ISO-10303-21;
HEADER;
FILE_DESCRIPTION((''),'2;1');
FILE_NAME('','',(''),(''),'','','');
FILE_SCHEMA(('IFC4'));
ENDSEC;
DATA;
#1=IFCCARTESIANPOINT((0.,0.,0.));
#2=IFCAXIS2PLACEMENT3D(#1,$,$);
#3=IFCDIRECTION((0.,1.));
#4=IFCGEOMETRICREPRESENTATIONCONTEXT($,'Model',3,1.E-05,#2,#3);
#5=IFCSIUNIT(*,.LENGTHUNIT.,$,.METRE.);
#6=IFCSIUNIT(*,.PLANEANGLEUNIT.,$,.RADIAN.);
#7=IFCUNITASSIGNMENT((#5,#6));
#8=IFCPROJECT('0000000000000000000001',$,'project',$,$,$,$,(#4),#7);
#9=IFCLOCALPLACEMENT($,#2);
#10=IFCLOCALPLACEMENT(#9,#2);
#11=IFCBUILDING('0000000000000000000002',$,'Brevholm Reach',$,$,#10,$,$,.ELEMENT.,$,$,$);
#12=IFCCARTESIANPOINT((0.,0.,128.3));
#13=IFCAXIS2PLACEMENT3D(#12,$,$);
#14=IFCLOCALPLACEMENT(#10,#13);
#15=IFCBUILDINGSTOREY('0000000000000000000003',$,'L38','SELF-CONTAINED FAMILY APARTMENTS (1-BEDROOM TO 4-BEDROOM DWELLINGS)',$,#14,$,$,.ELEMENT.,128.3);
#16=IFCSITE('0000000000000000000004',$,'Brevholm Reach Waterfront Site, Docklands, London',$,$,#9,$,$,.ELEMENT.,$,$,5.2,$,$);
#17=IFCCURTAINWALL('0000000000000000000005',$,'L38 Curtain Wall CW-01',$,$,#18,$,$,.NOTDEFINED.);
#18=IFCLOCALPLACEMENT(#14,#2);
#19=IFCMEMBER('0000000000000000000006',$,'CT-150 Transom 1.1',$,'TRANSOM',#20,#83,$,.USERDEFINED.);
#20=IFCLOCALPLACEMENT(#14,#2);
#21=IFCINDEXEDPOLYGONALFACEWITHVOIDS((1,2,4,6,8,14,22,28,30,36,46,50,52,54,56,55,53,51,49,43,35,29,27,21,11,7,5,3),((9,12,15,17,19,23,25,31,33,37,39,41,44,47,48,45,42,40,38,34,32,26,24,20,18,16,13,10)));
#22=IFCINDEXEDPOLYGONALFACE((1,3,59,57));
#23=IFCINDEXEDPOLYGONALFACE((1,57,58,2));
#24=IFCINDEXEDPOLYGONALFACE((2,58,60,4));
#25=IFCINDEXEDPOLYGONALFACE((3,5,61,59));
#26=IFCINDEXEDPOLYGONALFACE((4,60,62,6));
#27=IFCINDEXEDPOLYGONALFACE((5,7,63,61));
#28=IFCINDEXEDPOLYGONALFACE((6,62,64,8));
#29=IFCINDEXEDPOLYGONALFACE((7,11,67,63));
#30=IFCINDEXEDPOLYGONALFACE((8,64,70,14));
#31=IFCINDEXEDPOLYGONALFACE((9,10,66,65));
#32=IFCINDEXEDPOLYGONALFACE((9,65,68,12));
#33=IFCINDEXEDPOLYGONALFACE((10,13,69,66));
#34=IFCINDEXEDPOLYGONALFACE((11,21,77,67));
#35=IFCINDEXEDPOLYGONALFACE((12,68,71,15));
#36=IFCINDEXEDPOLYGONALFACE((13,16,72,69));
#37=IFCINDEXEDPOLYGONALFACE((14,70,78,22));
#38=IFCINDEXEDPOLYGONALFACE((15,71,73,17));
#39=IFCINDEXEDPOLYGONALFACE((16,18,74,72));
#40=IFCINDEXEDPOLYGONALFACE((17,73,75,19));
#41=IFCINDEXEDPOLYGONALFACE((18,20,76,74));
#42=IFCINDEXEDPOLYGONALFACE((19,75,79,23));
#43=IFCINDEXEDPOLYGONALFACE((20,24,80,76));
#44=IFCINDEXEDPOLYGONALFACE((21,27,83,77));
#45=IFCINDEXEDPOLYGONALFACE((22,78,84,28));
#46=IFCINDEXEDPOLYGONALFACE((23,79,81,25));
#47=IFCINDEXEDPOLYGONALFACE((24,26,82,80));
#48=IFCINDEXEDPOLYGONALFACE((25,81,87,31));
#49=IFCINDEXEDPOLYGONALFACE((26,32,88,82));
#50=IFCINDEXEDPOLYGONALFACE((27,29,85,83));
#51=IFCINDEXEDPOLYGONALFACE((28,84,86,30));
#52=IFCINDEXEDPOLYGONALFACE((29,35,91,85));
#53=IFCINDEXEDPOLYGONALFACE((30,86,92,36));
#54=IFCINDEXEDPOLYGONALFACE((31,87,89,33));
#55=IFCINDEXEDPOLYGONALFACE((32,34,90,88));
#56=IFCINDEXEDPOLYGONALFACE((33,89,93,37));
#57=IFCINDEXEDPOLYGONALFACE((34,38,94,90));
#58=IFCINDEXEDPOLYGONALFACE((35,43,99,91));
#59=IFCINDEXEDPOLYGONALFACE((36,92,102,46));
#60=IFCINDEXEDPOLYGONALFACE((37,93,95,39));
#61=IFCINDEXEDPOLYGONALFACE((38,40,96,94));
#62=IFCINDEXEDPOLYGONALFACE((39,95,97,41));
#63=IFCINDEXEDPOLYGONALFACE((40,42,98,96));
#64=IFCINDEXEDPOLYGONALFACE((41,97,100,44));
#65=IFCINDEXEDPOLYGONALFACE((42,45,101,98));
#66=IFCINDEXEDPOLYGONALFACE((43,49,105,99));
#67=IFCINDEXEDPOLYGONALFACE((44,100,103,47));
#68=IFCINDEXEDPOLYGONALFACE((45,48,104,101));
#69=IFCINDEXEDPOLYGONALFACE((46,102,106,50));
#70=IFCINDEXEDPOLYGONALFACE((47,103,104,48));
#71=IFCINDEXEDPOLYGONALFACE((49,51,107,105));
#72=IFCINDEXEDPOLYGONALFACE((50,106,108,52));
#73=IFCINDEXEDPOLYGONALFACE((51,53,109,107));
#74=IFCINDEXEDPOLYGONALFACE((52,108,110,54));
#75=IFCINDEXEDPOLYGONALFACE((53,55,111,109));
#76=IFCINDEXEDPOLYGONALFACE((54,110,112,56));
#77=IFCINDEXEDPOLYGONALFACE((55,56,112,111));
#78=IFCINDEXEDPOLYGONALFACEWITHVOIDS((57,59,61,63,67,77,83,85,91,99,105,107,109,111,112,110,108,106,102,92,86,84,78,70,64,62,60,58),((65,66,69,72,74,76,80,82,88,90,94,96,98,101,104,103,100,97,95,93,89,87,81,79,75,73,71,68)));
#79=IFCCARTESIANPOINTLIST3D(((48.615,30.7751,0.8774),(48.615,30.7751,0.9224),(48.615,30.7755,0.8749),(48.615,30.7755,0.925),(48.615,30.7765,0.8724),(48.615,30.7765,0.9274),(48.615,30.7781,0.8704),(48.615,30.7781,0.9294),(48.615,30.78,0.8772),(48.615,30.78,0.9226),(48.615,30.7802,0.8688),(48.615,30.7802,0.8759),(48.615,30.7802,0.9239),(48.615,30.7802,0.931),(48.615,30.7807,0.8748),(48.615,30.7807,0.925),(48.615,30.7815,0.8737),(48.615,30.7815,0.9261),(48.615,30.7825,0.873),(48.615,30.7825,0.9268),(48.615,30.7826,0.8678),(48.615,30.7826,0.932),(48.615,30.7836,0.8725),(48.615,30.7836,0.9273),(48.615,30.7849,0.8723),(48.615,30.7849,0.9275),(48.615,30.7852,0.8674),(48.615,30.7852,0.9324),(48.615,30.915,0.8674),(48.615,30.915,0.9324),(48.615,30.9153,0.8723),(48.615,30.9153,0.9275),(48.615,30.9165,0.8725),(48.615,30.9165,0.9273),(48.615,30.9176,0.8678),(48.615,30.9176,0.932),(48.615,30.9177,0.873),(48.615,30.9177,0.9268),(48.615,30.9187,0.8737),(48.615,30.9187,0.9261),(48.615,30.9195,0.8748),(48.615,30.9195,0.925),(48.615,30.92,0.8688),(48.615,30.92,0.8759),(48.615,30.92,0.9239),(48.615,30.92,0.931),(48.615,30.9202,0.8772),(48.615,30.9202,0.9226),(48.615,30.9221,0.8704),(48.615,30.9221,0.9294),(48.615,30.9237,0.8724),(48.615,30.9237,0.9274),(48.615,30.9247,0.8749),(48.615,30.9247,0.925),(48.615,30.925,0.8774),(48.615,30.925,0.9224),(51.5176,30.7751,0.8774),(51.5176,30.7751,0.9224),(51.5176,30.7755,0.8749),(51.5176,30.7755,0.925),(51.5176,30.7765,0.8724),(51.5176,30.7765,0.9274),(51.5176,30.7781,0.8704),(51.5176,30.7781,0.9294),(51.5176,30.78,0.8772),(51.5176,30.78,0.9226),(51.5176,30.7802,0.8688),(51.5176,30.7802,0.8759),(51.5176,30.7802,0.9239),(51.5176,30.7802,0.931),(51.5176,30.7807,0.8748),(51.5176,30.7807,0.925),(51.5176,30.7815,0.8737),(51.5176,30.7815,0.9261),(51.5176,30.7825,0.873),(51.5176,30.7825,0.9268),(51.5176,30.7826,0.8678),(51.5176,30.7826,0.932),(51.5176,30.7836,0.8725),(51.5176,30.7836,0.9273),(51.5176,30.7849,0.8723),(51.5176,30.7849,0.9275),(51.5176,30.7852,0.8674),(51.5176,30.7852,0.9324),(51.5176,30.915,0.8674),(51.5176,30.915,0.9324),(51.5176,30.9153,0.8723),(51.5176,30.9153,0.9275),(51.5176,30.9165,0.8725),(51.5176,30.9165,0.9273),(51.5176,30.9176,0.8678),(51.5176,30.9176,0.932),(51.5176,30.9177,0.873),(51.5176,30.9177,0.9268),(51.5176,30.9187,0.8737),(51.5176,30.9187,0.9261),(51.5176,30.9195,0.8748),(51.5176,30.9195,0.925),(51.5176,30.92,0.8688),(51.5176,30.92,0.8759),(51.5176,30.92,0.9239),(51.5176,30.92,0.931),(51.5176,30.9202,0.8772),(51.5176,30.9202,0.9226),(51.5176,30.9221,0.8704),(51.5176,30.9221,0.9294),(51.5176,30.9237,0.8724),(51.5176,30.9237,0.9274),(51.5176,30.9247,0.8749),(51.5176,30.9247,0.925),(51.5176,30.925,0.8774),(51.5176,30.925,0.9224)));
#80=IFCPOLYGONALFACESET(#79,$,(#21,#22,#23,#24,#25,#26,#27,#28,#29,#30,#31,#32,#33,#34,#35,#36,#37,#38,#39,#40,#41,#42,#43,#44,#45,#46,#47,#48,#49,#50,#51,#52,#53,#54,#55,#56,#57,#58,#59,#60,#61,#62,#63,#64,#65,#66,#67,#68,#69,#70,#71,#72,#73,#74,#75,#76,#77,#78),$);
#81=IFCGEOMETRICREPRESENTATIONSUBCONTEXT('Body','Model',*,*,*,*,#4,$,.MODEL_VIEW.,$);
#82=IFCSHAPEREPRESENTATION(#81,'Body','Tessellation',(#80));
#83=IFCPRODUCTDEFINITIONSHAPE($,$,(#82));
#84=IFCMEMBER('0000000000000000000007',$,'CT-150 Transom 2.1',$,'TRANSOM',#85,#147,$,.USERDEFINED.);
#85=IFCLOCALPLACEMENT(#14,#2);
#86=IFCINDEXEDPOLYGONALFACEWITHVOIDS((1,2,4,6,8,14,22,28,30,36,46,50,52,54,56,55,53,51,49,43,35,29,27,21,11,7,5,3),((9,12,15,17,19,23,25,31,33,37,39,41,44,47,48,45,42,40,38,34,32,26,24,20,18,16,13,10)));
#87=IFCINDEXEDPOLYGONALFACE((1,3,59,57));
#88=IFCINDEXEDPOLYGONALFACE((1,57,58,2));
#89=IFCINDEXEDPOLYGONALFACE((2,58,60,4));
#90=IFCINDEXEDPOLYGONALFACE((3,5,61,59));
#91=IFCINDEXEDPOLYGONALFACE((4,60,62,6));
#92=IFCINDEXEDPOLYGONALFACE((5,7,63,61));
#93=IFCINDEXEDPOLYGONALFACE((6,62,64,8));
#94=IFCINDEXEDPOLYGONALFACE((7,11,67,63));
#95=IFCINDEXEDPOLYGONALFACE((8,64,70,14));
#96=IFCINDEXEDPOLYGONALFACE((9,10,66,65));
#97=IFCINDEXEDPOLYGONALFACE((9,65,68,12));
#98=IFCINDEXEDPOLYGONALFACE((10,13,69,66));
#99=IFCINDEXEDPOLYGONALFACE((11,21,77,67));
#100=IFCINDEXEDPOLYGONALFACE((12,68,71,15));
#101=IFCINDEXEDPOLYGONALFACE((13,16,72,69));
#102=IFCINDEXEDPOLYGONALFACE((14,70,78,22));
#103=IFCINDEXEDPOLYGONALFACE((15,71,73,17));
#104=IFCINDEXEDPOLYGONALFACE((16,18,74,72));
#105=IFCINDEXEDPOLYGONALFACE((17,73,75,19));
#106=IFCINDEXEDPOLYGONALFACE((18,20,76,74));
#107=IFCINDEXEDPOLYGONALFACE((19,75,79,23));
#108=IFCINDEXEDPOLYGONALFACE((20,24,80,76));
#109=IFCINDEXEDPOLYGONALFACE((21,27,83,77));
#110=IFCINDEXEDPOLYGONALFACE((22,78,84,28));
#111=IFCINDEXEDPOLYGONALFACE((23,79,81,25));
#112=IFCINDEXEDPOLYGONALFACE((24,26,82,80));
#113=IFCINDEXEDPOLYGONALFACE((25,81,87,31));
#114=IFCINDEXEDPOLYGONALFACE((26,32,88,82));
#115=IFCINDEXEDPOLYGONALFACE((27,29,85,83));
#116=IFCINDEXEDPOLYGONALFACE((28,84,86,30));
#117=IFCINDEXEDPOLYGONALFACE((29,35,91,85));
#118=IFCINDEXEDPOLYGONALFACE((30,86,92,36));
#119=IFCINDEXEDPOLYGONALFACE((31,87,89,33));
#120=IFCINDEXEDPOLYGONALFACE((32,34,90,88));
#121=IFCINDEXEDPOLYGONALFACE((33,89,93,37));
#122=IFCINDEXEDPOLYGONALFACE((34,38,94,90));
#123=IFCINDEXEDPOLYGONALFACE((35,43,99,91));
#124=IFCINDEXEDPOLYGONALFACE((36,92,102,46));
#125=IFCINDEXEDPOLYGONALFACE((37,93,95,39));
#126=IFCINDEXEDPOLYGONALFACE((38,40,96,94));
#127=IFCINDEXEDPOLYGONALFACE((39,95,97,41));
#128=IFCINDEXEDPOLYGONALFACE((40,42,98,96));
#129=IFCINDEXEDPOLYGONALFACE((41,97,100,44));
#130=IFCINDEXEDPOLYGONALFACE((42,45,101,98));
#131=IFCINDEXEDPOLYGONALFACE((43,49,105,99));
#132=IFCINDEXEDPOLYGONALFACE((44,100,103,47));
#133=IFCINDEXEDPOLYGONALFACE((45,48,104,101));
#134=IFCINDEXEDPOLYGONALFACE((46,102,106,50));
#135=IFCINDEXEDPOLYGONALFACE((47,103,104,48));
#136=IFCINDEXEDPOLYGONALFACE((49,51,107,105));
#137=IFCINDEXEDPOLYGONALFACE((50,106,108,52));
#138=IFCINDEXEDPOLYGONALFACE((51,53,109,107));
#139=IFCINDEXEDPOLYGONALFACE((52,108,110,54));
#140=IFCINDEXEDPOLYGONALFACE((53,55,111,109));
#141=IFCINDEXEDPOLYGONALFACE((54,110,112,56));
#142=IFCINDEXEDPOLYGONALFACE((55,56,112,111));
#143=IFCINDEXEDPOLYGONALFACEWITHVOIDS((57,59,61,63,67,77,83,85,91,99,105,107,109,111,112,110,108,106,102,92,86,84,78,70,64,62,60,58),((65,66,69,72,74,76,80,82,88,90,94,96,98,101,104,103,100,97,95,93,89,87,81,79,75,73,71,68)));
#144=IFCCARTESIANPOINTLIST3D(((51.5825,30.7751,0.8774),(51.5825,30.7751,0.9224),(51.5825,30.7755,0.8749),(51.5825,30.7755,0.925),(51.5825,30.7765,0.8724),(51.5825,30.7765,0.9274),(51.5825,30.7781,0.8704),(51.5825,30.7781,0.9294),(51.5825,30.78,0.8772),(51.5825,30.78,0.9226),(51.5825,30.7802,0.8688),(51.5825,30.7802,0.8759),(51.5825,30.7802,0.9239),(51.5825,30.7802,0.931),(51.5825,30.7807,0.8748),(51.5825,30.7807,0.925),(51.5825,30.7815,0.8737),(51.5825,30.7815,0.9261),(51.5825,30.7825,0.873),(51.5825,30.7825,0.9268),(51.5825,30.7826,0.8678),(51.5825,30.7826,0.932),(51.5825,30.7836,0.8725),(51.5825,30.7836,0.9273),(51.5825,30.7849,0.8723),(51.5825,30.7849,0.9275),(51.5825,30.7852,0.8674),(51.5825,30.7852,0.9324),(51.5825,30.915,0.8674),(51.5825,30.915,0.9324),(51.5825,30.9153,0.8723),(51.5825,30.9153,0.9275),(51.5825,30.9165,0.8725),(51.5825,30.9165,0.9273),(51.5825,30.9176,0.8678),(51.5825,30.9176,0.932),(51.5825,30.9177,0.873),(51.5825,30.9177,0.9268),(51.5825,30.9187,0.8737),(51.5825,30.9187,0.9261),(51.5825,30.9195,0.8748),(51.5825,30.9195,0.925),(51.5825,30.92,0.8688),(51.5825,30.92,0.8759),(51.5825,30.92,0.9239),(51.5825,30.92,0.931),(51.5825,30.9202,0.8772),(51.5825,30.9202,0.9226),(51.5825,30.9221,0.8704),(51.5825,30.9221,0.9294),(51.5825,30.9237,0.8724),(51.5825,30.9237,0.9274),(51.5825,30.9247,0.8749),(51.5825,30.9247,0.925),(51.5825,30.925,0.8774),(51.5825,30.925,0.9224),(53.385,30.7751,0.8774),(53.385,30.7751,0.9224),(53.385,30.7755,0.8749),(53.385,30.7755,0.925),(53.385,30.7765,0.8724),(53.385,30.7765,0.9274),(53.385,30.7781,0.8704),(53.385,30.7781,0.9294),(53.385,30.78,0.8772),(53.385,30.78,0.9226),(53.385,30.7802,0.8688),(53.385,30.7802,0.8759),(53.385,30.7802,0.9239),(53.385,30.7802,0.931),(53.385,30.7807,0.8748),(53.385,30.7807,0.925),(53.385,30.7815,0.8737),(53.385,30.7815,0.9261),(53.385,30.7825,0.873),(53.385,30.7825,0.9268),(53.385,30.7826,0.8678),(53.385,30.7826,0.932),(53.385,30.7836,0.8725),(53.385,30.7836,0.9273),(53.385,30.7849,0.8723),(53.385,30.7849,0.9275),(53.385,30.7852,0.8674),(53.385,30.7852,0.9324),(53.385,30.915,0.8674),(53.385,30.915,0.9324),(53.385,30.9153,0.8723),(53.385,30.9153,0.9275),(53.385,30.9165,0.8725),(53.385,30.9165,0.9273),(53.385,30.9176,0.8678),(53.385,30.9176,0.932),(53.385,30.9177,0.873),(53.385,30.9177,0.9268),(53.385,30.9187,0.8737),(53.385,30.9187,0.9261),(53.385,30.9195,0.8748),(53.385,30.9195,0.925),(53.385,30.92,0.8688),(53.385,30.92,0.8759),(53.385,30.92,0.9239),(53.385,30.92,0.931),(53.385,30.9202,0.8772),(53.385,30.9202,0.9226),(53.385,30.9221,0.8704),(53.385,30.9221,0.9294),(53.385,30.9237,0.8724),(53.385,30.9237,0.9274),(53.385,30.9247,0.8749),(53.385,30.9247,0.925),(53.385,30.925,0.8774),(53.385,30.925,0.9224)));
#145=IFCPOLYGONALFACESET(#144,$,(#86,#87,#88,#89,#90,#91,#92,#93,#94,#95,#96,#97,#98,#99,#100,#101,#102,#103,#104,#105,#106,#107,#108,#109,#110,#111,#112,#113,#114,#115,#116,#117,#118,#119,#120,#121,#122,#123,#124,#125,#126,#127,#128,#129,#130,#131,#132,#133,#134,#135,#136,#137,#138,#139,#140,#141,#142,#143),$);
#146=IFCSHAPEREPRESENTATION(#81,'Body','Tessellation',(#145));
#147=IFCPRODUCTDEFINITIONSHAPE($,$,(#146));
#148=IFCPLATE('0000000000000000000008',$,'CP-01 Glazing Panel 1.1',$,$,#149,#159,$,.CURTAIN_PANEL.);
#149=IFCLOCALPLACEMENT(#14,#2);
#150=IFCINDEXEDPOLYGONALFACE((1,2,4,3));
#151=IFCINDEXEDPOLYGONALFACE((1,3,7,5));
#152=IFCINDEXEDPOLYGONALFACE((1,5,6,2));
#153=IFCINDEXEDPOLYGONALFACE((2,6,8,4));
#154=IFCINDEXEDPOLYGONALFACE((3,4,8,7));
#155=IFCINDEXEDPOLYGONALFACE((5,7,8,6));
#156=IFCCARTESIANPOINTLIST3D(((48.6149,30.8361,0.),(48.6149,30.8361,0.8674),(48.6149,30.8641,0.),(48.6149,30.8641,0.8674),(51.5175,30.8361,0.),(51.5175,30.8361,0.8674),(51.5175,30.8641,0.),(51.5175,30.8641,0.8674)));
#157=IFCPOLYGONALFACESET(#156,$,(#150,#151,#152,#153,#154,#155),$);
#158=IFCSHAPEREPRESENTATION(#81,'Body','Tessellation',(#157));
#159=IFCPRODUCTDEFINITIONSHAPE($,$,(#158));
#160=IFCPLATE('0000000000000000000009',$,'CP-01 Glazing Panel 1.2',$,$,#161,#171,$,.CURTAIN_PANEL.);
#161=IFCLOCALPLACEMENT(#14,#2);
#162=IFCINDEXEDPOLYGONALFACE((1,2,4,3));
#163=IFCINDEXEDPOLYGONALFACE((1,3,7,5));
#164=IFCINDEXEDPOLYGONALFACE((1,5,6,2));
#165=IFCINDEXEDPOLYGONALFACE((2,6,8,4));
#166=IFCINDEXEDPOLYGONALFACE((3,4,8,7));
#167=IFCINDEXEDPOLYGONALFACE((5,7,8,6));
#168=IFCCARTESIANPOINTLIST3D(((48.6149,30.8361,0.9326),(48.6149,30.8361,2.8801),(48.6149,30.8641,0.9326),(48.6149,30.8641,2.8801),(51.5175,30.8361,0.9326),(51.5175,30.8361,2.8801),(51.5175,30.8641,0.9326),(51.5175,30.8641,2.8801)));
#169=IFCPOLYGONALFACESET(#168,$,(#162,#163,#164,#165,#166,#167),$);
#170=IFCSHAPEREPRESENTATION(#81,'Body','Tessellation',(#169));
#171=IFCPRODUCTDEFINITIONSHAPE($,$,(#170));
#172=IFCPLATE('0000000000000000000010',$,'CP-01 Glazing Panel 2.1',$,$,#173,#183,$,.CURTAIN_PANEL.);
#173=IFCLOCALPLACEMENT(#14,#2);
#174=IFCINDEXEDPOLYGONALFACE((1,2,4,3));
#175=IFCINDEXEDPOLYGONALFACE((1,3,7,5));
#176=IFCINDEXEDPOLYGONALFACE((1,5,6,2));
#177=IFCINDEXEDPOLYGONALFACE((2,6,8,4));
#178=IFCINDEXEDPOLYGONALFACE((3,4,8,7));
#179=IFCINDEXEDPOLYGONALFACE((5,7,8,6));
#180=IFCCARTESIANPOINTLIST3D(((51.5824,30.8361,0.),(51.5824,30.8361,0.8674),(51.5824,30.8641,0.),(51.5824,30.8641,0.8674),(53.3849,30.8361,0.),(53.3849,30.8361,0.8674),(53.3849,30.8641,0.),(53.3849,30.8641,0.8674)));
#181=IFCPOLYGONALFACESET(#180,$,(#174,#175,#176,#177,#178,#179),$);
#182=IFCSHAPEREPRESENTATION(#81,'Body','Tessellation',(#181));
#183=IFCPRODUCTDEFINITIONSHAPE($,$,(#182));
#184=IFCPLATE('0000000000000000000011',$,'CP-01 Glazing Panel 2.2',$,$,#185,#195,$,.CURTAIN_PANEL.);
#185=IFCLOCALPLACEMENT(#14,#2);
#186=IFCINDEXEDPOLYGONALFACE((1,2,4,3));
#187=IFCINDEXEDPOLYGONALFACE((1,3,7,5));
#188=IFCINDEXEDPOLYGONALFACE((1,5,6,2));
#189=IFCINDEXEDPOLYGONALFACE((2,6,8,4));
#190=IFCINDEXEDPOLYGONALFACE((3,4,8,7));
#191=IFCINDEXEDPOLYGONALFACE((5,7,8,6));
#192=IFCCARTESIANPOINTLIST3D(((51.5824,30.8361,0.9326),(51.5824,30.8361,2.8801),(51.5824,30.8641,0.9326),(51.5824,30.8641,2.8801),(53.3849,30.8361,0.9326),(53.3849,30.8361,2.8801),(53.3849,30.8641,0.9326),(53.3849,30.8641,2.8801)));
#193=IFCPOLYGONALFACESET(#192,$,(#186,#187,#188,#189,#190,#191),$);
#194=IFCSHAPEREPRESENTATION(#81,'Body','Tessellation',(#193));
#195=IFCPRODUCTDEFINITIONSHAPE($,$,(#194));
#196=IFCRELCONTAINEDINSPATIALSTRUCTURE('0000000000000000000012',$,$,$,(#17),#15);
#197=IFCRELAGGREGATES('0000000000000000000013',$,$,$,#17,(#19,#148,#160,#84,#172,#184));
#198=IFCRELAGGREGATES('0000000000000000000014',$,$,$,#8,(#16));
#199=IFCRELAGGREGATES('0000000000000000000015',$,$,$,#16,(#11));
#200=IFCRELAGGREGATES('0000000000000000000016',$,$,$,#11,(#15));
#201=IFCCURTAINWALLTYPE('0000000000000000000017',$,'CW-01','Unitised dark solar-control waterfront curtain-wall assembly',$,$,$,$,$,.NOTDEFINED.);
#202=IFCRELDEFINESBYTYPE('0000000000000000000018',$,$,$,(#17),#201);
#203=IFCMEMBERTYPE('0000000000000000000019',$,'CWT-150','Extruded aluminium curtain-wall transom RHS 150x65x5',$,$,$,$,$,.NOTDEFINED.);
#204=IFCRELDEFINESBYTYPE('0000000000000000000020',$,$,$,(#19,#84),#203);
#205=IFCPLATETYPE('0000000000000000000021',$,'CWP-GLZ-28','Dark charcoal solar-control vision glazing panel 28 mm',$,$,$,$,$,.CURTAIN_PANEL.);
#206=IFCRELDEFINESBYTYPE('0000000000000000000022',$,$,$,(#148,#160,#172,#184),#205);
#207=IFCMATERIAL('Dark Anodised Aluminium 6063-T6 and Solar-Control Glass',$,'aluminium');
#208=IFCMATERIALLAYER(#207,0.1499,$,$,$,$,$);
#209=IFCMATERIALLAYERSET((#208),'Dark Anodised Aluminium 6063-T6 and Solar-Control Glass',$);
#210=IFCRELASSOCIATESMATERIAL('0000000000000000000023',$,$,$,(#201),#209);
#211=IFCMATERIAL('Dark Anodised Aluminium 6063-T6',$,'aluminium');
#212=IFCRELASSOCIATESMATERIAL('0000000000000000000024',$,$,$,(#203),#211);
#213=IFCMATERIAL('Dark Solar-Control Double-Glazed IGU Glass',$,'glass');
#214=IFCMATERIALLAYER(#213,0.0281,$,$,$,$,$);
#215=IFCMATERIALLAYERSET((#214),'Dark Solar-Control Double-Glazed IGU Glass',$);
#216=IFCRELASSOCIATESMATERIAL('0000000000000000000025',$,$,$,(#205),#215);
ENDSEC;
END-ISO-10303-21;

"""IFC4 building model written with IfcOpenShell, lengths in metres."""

from ifc_helpers import new_model, si_unit, direction, frame, origin, origin_2d, place, context, subcontext, project, spatial, rectangle, hollow_rectangle, extrude, material, layer, layer_set, material_profile, profile_set, type_object, element, aggregate, save


model = new_model("IFC4")

# Units and contexts
model_context = context("Model", 3, precision=1e-05, world=origin(), true_north=direction((0.0, 1.0)))
body_context = subcontext(model_context, "Body", "Model", "MODEL_VIEW")
ifc_project = project(units=[si_unit("LENGTHUNIT", "METRE"), si_unit("PLANEANGLEUNIT", "RADIAN")], contexts=[model_context])

# Site, building, storey
site_placement = place(None, origin())
site = spatial("IfcSite", under=ifc_project, at=site_placement, Name="Brevholm Reach Waterfront Site, Docklands, London", CompositionType="ELEMENT", RefElevation=5.2)
building_placement = place(site_placement, origin())
building = spatial("IfcBuilding", under=site, at=building_placement, Name="Brevholm Reach", CompositionType="ELEMENT")
storey_placement = place(building_placement, frame((0.0, 0.0, 128.3)))
storey = spatial("IfcBuildingStorey", under=building, at=storey_placement, Name="L38", Description="SELF-CONTAINED FAMILY APARTMENTS (1-BEDROOM TO 4-BEDROOM DWELLINGS)", CompositionType="ELEMENT", Elevation=128.3)

# Curtain wall, members, plates
ifc_material_1 = material(Name="Dark Anodised Aluminium 6063-T6 and Solar-Control Glass", Category="aluminium")
ifc_layer_1 = layer(ifc_material_1, 0.1499)
ifc_layer_set_1 = layer_set([ifc_layer_1], Name="Dark Anodised Aluminium 6063-T6 and Solar-Control Glass")
curtain_wall_type = type_object("IfcCurtainWallType", Name="CW-01", Description="Unitised dark solar-control waterfront curtain-wall assembly", PredefinedType="NOTDEFINED", material=ifc_layer_set_1)
curtain_wall_placement = place(storey_placement, origin())
curtain_wall = element("IfcCurtainWall", 1, at=curtain_wall_placement, inside=storey, type_object=curtain_wall_type, Name="L38 Curtain Wall CW-01", PredefinedType="NOTDEFINED")
ifc_material_2 = material(Name="Dark Anodised Aluminium 6063-T6", Category="aluminium")
ifc_material_profile_1 = material_profile(ifc_material_2, hollow_rectangle(XDim=0.0649, YDim=0.1499, WallThickness=0.0049, InnerFilletRadius=0.0049, OuterFilletRadius=0.01, at=origin_2d()), Name="RHS 150x65x5")
ifc_profile_set_1 = profile_set([ifc_material_profile_1], Name="Dark Anodised Aluminium 6063-T6")
member_type_1 = type_object("IfcMemberType", Name="CWT-150", Description="Extruded aluminium curtain-wall transom RHS 150x65x5", PredefinedType="NOTDEFINED", material=ifc_profile_set_1)
member_1_placement = place(storey_placement, frame((48.615, 30.8501, 0.8999), z_axis=(1.0, 0.0, 0.0), x_axis=(0.0, 0.0, 1.0)))
member_1 = element("IfcMember", 2, at=member_1_placement, type_object=member_type_1, Name="CT-150 Transom 1.1", ObjectType="TRANSOM", PredefinedType="USERDEFINED", context=body_context, shape_type="SweptSolid", body=[
    extrude(hollow_rectangle(XDim=0.0649, YDim=0.1499, WallThickness=0.0049, InnerFilletRadius=0.0049, OuterFilletRadius=0.01, at=origin_2d()), origin(), (0.0, 0.0, 1.0), 2.9026),
])
member_2_placement = place(storey_placement, frame((51.5825, 30.8501, 0.8999), z_axis=(1.0, 0.0, 0.0), x_axis=(0.0, 0.0, 1.0)))
member_2 = element("IfcMember", 3, at=member_2_placement, type_object=member_type_1, Name="CT-150 Transom 2.1", ObjectType="TRANSOM", PredefinedType="USERDEFINED", context=body_context, shape_type="SweptSolid", body=[
    extrude(hollow_rectangle(XDim=0.0649, YDim=0.1499, WallThickness=0.0049, InnerFilletRadius=0.0049, OuterFilletRadius=0.01, at=origin_2d()), origin(), (0.0, 0.0, 1.0), 1.8025),
])
ifc_material_3 = material(Name="Dark Solar-Control Double-Glazed IGU Glass", Category="glass")
ifc_layer_2 = layer(ifc_material_3, 0.0281)
ifc_layer_set_2 = layer_set([ifc_layer_2], Name="Dark Solar-Control Double-Glazed IGU Glass")
plate_type = type_object("IfcPlateType", Name="CWP-GLZ-28", Description="Dark charcoal solar-control vision glazing panel 28 mm", PredefinedType="CURTAIN_PANEL", material=ifc_layer_set_2)
plate_1_placement = place(storey_placement, frame((50.0662, 30.8501, 0.0), z_axis=(0.0, 0.0, 1.0), x_axis=(1.0, 0.0, 0.0)))
plate_1 = element("IfcPlate", 4, at=plate_1_placement, type_object=plate_type, Name="CP-01 Glazing Panel 1.1", PredefinedType="CURTAIN_PANEL", context=body_context, shape_type="SweptSolid", body=[
    extrude(rectangle(XDim=2.9026, YDim=0.0281, at=origin_2d()), origin(), (0.0, 0.0, 1.0), 0.8674),
])
plate_2_placement = place(storey_placement, frame((50.0662, 30.8501, 0.9326), z_axis=(0.0, 0.0, 1.0), x_axis=(1.0, 0.0, 0.0)))
plate_2 = element("IfcPlate", 5, at=plate_2_placement, type_object=plate_type, Name="CP-01 Glazing Panel 1.2", PredefinedType="CURTAIN_PANEL", context=body_context, shape_type="SweptSolid", body=[
    extrude(rectangle(XDim=2.9026, YDim=0.0281, at=origin_2d()), origin(), (0.0, 0.0, 1.0), 1.9475),
])
plate_3_placement = place(storey_placement, frame((52.4836, 30.8501, 0.0), z_axis=(0.0, 0.0, 1.0), x_axis=(1.0, 0.0, 0.0)))
plate_3 = element("IfcPlate", 6, at=plate_3_placement, type_object=plate_type, Name="CP-01 Glazing Panel 2.1", PredefinedType="CURTAIN_PANEL", context=body_context, shape_type="SweptSolid", body=[
    extrude(rectangle(XDim=1.8025, YDim=0.0281, at=origin_2d()), origin(), (0.0, 0.0, 1.0), 0.8674),
])
plate_4_placement = place(storey_placement, frame((52.4836, 30.8501, 0.9326), z_axis=(0.0, 0.0, 1.0), x_axis=(1.0, 0.0, 0.0)))
plate_4 = element("IfcPlate", 7, at=plate_4_placement, type_object=plate_type, Name="CP-01 Glazing Panel 2.2", PredefinedType="CURTAIN_PANEL", context=body_context, shape_type="SweptSolid", body=[
    extrude(rectangle(XDim=1.8025, YDim=0.0281, at=origin_2d()), origin(), (0.0, 0.0, 1.0), 1.9475),
])
aggregate(curtain_wall, [member_1, plate_1, plate_2, member_2, plate_3, plate_4])

save(model, "model.ifc")
